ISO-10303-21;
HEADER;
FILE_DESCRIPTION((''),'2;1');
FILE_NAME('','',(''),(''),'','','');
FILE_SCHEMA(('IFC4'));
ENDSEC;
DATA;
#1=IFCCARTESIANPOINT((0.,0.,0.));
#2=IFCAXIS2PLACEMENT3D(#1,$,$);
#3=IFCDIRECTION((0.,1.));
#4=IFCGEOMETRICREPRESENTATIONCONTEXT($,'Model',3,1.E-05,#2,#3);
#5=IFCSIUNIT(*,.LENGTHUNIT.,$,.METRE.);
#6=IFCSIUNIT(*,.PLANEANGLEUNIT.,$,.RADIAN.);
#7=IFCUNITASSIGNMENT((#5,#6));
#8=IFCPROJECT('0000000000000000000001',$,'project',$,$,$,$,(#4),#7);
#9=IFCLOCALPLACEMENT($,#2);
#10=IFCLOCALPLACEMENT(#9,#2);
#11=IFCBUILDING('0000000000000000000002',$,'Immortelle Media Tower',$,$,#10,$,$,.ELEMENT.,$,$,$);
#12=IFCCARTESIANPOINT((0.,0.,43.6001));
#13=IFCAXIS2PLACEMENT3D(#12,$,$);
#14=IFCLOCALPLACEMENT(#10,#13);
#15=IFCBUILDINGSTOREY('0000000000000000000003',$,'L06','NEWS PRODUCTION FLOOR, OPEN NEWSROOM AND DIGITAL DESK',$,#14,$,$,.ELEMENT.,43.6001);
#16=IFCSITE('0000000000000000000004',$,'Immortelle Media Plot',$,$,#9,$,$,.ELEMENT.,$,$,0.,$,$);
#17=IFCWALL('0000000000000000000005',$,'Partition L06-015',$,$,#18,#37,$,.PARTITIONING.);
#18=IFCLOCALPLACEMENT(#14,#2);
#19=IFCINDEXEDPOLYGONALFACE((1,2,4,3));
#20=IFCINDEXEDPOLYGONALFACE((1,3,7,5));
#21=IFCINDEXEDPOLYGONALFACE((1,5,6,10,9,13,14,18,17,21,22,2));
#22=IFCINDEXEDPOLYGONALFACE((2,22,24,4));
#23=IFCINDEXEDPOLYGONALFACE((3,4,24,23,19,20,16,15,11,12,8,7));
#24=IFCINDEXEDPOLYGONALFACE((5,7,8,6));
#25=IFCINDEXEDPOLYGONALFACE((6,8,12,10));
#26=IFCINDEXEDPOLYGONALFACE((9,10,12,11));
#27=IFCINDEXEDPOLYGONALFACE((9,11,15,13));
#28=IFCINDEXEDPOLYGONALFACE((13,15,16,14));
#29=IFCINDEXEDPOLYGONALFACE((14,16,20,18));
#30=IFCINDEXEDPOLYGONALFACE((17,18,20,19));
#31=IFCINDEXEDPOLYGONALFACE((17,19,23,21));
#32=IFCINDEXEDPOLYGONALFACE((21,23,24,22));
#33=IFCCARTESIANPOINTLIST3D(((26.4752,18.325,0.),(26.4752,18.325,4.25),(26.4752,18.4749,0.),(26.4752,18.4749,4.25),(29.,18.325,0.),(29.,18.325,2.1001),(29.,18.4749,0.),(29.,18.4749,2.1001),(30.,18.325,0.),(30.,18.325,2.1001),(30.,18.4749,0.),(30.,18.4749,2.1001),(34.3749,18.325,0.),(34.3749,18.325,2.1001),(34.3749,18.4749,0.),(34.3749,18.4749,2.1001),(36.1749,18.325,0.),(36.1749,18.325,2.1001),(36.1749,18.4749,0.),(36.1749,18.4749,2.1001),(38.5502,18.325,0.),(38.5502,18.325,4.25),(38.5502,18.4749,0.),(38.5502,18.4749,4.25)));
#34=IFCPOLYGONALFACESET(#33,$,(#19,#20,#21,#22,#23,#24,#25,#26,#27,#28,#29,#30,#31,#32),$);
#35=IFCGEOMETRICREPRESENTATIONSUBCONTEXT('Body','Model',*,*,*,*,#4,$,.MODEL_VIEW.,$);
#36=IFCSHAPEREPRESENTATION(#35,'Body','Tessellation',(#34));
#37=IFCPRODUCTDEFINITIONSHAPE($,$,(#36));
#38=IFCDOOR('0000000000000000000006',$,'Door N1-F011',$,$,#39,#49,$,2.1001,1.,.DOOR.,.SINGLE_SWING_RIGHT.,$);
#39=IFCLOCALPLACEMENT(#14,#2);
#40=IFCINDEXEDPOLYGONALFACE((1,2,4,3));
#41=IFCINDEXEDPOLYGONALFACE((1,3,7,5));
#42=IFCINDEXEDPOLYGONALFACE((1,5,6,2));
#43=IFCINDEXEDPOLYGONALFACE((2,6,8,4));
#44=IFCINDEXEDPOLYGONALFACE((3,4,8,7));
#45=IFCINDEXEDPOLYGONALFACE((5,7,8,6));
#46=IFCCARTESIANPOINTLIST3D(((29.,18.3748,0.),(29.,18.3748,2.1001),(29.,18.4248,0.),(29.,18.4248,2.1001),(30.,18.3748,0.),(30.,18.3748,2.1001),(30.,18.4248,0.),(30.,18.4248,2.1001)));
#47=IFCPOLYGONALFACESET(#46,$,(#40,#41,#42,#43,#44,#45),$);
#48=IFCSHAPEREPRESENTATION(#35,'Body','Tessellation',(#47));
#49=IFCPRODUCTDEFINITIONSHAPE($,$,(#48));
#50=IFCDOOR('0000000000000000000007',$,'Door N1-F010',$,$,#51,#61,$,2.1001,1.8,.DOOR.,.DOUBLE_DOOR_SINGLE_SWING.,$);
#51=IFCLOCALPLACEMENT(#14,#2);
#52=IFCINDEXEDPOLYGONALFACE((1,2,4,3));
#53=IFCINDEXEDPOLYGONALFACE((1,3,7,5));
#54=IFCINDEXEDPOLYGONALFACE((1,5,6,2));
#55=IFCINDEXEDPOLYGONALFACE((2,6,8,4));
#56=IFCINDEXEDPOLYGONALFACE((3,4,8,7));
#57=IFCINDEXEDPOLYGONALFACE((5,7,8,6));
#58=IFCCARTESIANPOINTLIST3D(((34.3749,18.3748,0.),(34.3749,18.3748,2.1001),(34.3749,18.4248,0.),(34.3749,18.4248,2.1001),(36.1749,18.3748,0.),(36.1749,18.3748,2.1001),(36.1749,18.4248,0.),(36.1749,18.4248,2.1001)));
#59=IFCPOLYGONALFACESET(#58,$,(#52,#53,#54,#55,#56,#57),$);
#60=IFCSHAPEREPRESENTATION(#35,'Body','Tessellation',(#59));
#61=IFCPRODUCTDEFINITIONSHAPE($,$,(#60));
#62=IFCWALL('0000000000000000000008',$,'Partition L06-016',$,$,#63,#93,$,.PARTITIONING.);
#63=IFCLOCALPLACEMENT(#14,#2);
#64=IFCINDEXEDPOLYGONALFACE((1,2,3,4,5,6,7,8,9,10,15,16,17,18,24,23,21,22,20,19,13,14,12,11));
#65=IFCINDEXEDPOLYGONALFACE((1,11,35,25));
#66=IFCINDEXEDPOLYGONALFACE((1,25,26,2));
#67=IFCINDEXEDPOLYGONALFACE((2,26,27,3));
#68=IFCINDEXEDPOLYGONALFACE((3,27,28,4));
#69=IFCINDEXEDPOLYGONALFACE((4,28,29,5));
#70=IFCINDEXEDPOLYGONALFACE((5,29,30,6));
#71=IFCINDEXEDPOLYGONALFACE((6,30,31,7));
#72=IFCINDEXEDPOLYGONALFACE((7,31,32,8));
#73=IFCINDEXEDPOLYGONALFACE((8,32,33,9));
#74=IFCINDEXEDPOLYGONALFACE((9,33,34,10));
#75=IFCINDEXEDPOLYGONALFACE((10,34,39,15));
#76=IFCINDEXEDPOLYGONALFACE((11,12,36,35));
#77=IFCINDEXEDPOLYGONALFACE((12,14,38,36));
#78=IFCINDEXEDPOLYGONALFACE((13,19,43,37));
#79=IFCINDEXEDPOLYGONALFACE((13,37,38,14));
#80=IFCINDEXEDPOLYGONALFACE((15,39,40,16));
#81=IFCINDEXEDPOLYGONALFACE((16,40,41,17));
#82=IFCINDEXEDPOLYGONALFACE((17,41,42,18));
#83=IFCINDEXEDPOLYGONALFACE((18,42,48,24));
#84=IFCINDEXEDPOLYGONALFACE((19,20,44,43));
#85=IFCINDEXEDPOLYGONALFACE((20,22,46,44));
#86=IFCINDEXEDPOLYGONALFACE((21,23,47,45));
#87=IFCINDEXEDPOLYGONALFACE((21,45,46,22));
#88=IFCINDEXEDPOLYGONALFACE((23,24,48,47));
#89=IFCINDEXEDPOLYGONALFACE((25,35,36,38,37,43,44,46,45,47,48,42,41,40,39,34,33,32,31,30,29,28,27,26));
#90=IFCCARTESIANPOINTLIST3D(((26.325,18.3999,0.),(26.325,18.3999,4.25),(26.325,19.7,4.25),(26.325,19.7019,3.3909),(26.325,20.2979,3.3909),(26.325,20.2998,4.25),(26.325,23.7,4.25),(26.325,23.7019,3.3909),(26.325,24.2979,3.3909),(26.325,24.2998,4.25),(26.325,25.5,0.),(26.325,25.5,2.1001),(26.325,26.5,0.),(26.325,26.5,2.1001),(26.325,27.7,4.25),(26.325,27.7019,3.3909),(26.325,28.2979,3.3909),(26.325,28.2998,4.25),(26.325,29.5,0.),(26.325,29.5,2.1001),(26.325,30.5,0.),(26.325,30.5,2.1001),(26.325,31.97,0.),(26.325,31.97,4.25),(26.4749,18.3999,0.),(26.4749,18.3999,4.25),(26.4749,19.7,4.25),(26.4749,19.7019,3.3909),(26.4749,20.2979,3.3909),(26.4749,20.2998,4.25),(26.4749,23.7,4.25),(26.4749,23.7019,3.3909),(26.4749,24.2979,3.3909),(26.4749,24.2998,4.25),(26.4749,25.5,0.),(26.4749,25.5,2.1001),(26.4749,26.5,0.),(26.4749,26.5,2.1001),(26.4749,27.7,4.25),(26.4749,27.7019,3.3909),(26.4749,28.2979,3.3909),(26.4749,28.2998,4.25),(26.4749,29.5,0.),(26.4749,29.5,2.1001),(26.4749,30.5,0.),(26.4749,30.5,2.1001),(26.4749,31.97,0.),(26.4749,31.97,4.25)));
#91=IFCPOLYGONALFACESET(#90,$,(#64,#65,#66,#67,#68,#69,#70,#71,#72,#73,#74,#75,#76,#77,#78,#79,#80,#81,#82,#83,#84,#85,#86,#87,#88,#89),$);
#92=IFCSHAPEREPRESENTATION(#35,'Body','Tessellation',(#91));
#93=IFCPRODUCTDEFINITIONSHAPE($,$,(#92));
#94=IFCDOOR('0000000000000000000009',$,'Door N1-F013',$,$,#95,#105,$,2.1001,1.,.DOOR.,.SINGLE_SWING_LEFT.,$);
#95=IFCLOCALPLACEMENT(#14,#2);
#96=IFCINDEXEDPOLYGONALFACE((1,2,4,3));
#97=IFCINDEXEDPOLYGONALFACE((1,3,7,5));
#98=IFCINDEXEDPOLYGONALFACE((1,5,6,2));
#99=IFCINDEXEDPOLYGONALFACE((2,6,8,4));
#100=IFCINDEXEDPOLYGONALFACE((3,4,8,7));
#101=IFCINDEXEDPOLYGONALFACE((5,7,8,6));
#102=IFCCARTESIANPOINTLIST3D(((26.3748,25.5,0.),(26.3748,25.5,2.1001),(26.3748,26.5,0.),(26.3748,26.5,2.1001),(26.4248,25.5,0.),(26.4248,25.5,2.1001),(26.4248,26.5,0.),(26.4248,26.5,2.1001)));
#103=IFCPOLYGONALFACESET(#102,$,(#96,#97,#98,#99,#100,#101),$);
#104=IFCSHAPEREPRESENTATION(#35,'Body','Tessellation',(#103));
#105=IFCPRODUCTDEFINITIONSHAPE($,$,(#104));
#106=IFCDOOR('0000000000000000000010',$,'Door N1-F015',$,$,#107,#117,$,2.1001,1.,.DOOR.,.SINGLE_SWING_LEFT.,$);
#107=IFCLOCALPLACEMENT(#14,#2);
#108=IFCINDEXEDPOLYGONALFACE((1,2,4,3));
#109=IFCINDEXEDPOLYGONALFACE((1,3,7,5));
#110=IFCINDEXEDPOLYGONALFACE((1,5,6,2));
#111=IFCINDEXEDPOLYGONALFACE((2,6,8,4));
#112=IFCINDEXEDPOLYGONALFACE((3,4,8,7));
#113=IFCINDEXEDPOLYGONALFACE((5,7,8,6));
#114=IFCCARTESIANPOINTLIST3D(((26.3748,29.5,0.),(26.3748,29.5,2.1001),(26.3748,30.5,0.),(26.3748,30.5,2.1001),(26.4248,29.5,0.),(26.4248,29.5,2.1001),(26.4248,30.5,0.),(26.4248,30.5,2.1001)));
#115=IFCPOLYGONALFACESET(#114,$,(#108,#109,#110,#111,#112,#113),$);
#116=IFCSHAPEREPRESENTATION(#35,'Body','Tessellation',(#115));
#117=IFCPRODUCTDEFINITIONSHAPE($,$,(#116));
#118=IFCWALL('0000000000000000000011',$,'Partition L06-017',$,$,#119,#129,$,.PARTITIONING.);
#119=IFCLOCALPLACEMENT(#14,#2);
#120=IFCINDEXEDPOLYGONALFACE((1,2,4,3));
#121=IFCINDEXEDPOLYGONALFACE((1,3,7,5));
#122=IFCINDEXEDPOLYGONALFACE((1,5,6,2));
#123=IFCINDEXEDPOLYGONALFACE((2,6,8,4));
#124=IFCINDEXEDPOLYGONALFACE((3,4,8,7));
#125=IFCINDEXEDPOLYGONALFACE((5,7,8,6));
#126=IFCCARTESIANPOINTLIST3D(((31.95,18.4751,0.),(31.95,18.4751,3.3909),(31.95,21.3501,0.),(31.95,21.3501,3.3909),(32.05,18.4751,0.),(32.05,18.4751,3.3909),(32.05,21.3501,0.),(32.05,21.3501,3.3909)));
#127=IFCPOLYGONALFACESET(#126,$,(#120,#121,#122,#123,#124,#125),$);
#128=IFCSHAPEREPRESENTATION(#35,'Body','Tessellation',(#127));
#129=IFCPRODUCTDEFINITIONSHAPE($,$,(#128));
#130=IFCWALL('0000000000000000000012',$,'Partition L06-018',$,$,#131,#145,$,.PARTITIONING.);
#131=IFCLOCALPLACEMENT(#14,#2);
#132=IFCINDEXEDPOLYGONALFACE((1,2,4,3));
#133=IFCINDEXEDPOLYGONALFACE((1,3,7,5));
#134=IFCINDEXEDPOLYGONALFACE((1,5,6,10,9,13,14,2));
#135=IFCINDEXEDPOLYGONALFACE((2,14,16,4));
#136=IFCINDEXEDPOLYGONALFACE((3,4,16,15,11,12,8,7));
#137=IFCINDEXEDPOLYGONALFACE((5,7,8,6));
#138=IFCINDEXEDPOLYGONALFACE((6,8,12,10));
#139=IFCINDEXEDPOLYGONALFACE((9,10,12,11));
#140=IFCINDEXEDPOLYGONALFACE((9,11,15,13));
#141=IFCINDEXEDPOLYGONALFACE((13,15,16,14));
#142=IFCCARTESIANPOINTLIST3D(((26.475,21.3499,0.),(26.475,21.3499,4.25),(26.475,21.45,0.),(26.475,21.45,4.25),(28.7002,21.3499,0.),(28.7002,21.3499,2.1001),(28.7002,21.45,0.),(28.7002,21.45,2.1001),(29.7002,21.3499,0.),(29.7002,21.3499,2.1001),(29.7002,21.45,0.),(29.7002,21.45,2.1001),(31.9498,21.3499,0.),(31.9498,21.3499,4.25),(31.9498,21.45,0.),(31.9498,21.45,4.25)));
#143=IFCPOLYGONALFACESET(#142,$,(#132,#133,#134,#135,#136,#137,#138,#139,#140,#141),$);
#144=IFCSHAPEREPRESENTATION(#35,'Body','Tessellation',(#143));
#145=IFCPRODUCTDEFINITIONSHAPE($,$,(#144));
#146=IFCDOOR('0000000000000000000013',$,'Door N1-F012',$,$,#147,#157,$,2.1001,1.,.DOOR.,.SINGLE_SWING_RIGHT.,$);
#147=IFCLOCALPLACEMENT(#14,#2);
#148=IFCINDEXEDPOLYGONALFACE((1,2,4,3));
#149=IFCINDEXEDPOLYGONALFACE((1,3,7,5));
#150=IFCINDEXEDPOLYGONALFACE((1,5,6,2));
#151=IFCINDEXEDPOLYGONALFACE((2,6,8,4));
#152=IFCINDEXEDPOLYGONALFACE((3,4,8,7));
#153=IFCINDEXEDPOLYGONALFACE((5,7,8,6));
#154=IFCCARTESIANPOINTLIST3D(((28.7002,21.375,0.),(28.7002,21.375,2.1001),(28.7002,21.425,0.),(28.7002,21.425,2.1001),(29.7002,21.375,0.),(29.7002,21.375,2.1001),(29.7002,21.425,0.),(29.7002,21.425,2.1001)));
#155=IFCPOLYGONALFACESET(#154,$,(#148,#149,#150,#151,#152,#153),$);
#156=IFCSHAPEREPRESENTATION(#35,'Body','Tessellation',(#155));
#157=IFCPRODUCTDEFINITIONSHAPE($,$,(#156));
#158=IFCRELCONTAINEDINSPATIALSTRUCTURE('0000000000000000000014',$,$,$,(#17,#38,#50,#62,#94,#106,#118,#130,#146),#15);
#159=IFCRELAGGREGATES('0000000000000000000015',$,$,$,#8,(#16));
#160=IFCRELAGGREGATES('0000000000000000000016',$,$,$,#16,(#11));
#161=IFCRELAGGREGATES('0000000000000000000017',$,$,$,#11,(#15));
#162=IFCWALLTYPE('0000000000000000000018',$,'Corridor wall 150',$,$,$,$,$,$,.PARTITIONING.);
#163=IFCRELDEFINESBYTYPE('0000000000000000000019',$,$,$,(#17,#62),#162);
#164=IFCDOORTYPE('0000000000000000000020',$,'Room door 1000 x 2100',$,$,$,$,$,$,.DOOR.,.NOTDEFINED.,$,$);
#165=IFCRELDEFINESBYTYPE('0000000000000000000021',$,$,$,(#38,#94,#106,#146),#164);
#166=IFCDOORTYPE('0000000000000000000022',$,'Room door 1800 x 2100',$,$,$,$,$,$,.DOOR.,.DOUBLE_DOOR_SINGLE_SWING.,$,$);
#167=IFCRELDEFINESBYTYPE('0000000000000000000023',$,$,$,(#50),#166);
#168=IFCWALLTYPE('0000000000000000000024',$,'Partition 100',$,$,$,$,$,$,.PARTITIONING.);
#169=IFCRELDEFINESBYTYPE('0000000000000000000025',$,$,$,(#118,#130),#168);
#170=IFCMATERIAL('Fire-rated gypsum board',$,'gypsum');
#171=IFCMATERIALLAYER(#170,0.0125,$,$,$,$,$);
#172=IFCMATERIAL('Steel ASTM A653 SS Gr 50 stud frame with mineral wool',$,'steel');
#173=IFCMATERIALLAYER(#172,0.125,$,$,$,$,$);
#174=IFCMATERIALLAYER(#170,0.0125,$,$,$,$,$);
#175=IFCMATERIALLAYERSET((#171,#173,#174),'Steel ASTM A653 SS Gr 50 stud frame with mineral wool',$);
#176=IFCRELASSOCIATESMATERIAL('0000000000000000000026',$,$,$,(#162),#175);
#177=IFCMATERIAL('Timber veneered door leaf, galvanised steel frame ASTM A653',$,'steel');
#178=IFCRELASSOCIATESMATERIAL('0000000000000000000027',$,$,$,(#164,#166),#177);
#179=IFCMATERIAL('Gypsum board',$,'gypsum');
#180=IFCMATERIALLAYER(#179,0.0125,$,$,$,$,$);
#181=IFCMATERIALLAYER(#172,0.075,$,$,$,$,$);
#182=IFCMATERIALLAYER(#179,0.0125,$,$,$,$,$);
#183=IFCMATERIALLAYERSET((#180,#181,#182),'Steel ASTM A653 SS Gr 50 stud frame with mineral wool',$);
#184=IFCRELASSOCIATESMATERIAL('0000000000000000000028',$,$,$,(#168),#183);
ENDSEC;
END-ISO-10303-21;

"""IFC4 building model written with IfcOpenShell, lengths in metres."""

from ifc_helpers import new_model, si_unit, direction, frame, frame_2d, origin, place, context, subcontext, project, spatial, polyline, rectangle, outline, extrude, material, layer, layer_set, type_object, element, fill, save


model = new_model("IFC4")

# Units and contexts
model_context = context("Model", 3, precision=1e-05, world=origin(), true_north=direction((0.0, 1.0)))
body_context = subcontext(model_context, "Body", "Model", "MODEL_VIEW")
ifc_project = project(units=[si_unit("LENGTHUNIT", "METRE"), si_unit("PLANEANGLEUNIT", "RADIAN")], contexts=[model_context])

# Site, building, storey
site_placement = place(None, origin())
site = spatial("IfcSite", under=ifc_project, at=site_placement, Name="Immortelle Media Plot", CompositionType="ELEMENT", RefElevation=0.0)
building_placement = place(site_placement, origin())
building = spatial("IfcBuilding", under=site, at=building_placement, Name="Immortelle Media Tower", CompositionType="ELEMENT")
storey_placement = place(building_placement, frame((0.0, 0.0, 43.6001)))
storey = spatial("IfcBuildingStorey", under=building, at=storey_placement, Name="L06", Description="NEWS PRODUCTION FLOOR, OPEN NEWSROOM AND DIGITAL DESK", CompositionType="ELEMENT", Elevation=43.6001)

# Shared definitions
ifc_material_1 = material(Name="Fire-rated gypsum board", Category="gypsum")
ifc_material_2 = material(Name="Steel ASTM A653 SS Gr 50 stud frame with mineral wool", Category="steel")

# Walls, openings, doors
ifc_layer_1 = layer(ifc_material_1, 0.0125)
ifc_layer_2 = layer(ifc_material_2, 0.125)
ifc_layer_3 = layer(ifc_material_1, 0.0125)
ifc_layer_set_1 = layer_set([ifc_layer_1, ifc_layer_2, ifc_layer_3], Name="Steel ASTM A653 SS Gr 50 stud frame with mineral wool")
wall_type_1 = type_object("IfcWallType", Name="Corridor wall 150", PredefinedType="PARTITIONING", material=ifc_layer_set_1)
wall_1_placement = place(storey_placement, frame((26.4751, 18.3999, 0.0), z_axis=(0.0, 0.0, 1.0), x_axis=(1.0, 0.0, 0.0)))
wall_1 = element("IfcWall", 1, at=wall_1_placement, inside=storey, type_object=wall_type_1, Name="Partition L06-015", PredefinedType="PARTITIONING", context=body_context, shape_type="SweptSolid", body=[
    extrude(rectangle(XDim=12.075, YDim=0.1499, at=frame_2d((6.0376, 0.0))), origin(), (0.0, 0.0, 1.0), 4.25),
])
opening_1_placement = place(wall_1_placement, frame((7.8999, 0.0, 0.0)))
opening_1 = element("IfcOpeningElement", 2, at=opening_1_placement, cuts=wall_1, PredefinedType="OPENING", context=body_context, shape_type="SweptSolid", body=[
    extrude(rectangle(XDim=1.8, YDim=2.1001, at=frame_2d((0.8999, 1.05))), frame((0.0, 0.085, 0.0), z_axis=(0.0, -1.0, 0.0), x_axis=(1.0, 0.0, 0.0)), (0.0, 0.0, 1.0), 0.1699),
])
opening_2_placement = place(wall_1_placement, frame((2.5249, 0.0, 0.0)))
opening_2 = element("IfcOpeningElement", 3, at=opening_2_placement, cuts=wall_1, PredefinedType="OPENING", context=body_context, shape_type="SweptSolid", body=[
    extrude(rectangle(XDim=1.0, YDim=2.1001, at=frame_2d((0.5, 1.05))), frame((0.0, 0.085, 0.0), z_axis=(0.0, -1.0, 0.0), x_axis=(1.0, 0.0, 0.0)), (0.0, 0.0, 1.0), 0.1699),
])
ifc_material_3 = material(Name="Timber veneered door leaf, galvanised steel frame ASTM A653", Category="steel")
door_type_1 = type_object("IfcDoorType", Name="Room door 1000 x 2100", OperationType="NOTDEFINED", PredefinedType="DOOR", material=ifc_material_3)
door_1_placement = place(opening_2_placement, origin())
door_1 = element("IfcDoor", 4, at=door_1_placement, inside=storey, type_object=door_type_1, Name="Door N1-F011", OperationType="SINGLE_SWING_RIGHT", OverallHeight=2.1001, OverallWidth=1.0, PredefinedType="DOOR", context=body_context, shape_type="SweptSolid", body=[
    extrude(rectangle(XDim=1.0, YDim=2.1001, at=frame_2d((0.5, 1.05))), frame((0.0, 0.0249, 0.0), z_axis=(0.0, -1.0, 0.0), x_axis=(1.0, 0.0, 0.0)), (0.0, 0.0, 1.0), 0.05),
])
fill(opening_2, door_1)
door_type_2 = type_object("IfcDoorType", Name="Room door 1800 x 2100", OperationType="DOUBLE_DOOR_SINGLE_SWING", PredefinedType="DOOR", material=ifc_material_3)
door_2_placement = place(opening_1_placement, origin())
door_2 = element("IfcDoor", 5, at=door_2_placement, inside=storey, type_object=door_type_2, Name="Door N1-F010", OperationType="DOUBLE_DOOR_SINGLE_SWING", OverallHeight=2.1001, OverallWidth=1.8, PredefinedType="DOOR", context=body_context, shape_type="SweptSolid", body=[
    extrude(rectangle(XDim=1.8, YDim=2.1001, at=frame_2d((0.8999, 1.05))), frame((0.0, 0.0249, 0.0), z_axis=(0.0, -1.0, 0.0), x_axis=(1.0, 0.0, 0.0)), (0.0, 0.0, 1.0), 0.05),
])
fill(opening_1, door_2)
wall_2_placement = place(storey_placement, frame((26.3999, 18.3999, 0.0), z_axis=(0.0, 0.0, 1.0), x_axis=(0.0, 1.0, 0.0)))
wall_2 = element("IfcWall", 6, at=wall_2_placement, inside=storey, type_object=wall_type_1, Name="Partition L06-016", PredefinedType="PARTITIONING", context=body_context, shape_type="SweptSolid", body=[
    extrude(outline(polyline([(0.0, 0.0), (13.5701, 0.0), (13.5701, 4.25), (9.8999, 4.25), (9.8979, 3.3909), (9.302, 3.3909), (9.3, 4.25), (5.8999, 4.25), (5.8979, 3.3909), (5.302, 3.3909), (5.3, 4.25), (1.8999, 4.25), (1.8979, 3.3909), (1.302, 3.3909), (1.3, 4.25), (0.0, 4.25), (0.0, 0.0)])), frame((0.0, 0.075, 0.0), z_axis=(0.0, -1.0, 0.0), x_axis=(1.0, 0.0, 0.0)), (0.0, 0.0, 1.0), 0.1499),
])
opening_3_placement = place(wall_2_placement, frame((8.1001, 0.0, 0.0), z_axis=(0.0, 0.0, 1.0), x_axis=(-1.0, 0.0, 0.0)))
opening_3 = element("IfcOpeningElement", 7, at=opening_3_placement, cuts=wall_2, PredefinedType="OPENING", context=body_context, shape_type="SweptSolid", body=[
    extrude(rectangle(XDim=1.0, YDim=2.1001, at=frame_2d((0.5, 1.05))), frame((0.0, 0.085, 0.0), z_axis=(0.0, -1.0, 0.0), x_axis=(1.0, 0.0, 0.0)), (0.0, 0.0, 1.0), 0.1699),
])
opening_4_placement = place(wall_2_placement, frame((12.1001, 0.0, 0.0), z_axis=(0.0, 0.0, 1.0), x_axis=(-1.0, 0.0, 0.0)))
opening_4 = element("IfcOpeningElement", 8, at=opening_4_placement, cuts=wall_2, PredefinedType="OPENING", context=body_context, shape_type="SweptSolid", body=[
    extrude(rectangle(XDim=1.0, YDim=2.1001, at=frame_2d((0.5, 1.05))), frame((0.0, 0.085, 0.0), z_axis=(0.0, -1.0, 0.0), x_axis=(1.0, 0.0, 0.0)), (0.0, 0.0, 1.0), 0.1699),
])
door_3_placement = place(opening_3_placement, origin())
door_3 = element("IfcDoor", 9, at=door_3_placement, inside=storey, type_object=door_type_1, Name="Door N1-F013", OperationType="SINGLE_SWING_LEFT", OverallHeight=2.1001, OverallWidth=1.0, PredefinedType="DOOR", context=body_context, shape_type="SweptSolid", body=[
    extrude(rectangle(XDim=1.0, YDim=2.1001, at=frame_2d((0.5, 1.05))), frame((0.0, 0.0249, 0.0), z_axis=(0.0, -1.0, 0.0), x_axis=(1.0, 0.0, 0.0)), (0.0, 0.0, 1.0), 0.05),
])
fill(opening_3, door_3)
door_4_placement = place(opening_4_placement, origin())
door_4 = element("IfcDoor", 10, at=door_4_placement, inside=storey, type_object=door_type_1, Name="Door N1-F015", OperationType="SINGLE_SWING_LEFT", OverallHeight=2.1001, OverallWidth=1.0, PredefinedType="DOOR", context=body_context, shape_type="SweptSolid", body=[
    extrude(rectangle(XDim=1.0, YDim=2.1001, at=frame_2d((0.5, 1.05))), frame((0.0, 0.0249, 0.0), z_axis=(0.0, -1.0, 0.0), x_axis=(1.0, 0.0, 0.0)), (0.0, 0.0, 1.0), 0.05),
])
fill(opening_4, door_4)

# Wall
ifc_material_4 = material(Name="Gypsum board", Category="gypsum")
ifc_layer_4 = layer(ifc_material_4, 0.0125)
ifc_layer_5 = layer(ifc_material_2, 0.075)
ifc_layer_6 = layer(ifc_material_4, 0.0125)
ifc_layer_set_2 = layer_set([ifc_layer_4, ifc_layer_5, ifc_layer_6], Name="Steel ASTM A653 SS Gr 50 stud frame with mineral wool")
wall_type_2 = type_object("IfcWallType", Name="Partition 100", PredefinedType="PARTITIONING", material=ifc_layer_set_2)
wall_3_placement = place(storey_placement, frame((32.0, 18.4751, 0.0), z_axis=(0.0, 0.0, 1.0), x_axis=(0.0, 1.0, 0.0)))
element("IfcWall", 11, at=wall_3_placement, inside=storey, type_object=wall_type_2, Name="Partition L06-017", PredefinedType="PARTITIONING", context=body_context, shape_type="SweptSolid", body=[
    extrude(rectangle(XDim=2.875, YDim=0.1001, at=frame_2d((1.4375, 0.0))), origin(), (0.0, 0.0, 1.0), 3.3909),
])

# Wall, opening, door
wall_4_placement = place(storey_placement, frame((26.4751, 21.3999, 0.0), z_axis=(0.0, 0.0, 1.0), x_axis=(1.0, 0.0, 0.0)))
wall_4 = element("IfcWall", 12, at=wall_4_placement, inside=storey, type_object=wall_type_2, Name="Partition L06-018", PredefinedType="PARTITIONING", context=body_context, shape_type="SweptSolid", body=[
    extrude(rectangle(XDim=5.4749, YDim=0.1001, at=frame_2d((2.7373, 0.0))), origin(), (0.0, 0.0, 1.0), 4.25),
])
opening_5_placement = place(wall_4_placement, frame((3.2251, 0.0, 0.0), z_axis=(0.0, 0.0, 1.0), x_axis=(-1.0, 0.0, 0.0)))
opening_5 = element("IfcOpeningElement", 13, at=opening_5_placement, cuts=wall_4, PredefinedType="OPENING", context=body_context, shape_type="SweptSolid", body=[
    extrude(rectangle(XDim=1.0, YDim=2.1001, at=frame_2d((0.5, 1.05))), frame((0.0, 0.0601, 0.0), z_axis=(0.0, -1.0, 0.0), x_axis=(1.0, 0.0, 0.0)), (0.0, 0.0, 1.0), 0.1201),
])
door_5_placement = place(opening_5_placement, origin())
door_5 = element("IfcDoor", 14, at=door_5_placement, inside=storey, type_object=door_type_1, Name="Door N1-F012", OperationType="SINGLE_SWING_RIGHT", OverallHeight=2.1001, OverallWidth=1.0, PredefinedType="DOOR", context=body_context, shape_type="SweptSolid", body=[
    extrude(rectangle(XDim=1.0, YDim=2.1001, at=frame_2d((0.5, 1.05))), frame((0.0, 0.0249, 0.0), z_axis=(0.0, -1.0, 0.0), x_axis=(1.0, 0.0, 0.0)), (0.0, 0.0, 1.0), 0.05),
])
fill(opening_5, door_5)

save(model, "model.ifc")
